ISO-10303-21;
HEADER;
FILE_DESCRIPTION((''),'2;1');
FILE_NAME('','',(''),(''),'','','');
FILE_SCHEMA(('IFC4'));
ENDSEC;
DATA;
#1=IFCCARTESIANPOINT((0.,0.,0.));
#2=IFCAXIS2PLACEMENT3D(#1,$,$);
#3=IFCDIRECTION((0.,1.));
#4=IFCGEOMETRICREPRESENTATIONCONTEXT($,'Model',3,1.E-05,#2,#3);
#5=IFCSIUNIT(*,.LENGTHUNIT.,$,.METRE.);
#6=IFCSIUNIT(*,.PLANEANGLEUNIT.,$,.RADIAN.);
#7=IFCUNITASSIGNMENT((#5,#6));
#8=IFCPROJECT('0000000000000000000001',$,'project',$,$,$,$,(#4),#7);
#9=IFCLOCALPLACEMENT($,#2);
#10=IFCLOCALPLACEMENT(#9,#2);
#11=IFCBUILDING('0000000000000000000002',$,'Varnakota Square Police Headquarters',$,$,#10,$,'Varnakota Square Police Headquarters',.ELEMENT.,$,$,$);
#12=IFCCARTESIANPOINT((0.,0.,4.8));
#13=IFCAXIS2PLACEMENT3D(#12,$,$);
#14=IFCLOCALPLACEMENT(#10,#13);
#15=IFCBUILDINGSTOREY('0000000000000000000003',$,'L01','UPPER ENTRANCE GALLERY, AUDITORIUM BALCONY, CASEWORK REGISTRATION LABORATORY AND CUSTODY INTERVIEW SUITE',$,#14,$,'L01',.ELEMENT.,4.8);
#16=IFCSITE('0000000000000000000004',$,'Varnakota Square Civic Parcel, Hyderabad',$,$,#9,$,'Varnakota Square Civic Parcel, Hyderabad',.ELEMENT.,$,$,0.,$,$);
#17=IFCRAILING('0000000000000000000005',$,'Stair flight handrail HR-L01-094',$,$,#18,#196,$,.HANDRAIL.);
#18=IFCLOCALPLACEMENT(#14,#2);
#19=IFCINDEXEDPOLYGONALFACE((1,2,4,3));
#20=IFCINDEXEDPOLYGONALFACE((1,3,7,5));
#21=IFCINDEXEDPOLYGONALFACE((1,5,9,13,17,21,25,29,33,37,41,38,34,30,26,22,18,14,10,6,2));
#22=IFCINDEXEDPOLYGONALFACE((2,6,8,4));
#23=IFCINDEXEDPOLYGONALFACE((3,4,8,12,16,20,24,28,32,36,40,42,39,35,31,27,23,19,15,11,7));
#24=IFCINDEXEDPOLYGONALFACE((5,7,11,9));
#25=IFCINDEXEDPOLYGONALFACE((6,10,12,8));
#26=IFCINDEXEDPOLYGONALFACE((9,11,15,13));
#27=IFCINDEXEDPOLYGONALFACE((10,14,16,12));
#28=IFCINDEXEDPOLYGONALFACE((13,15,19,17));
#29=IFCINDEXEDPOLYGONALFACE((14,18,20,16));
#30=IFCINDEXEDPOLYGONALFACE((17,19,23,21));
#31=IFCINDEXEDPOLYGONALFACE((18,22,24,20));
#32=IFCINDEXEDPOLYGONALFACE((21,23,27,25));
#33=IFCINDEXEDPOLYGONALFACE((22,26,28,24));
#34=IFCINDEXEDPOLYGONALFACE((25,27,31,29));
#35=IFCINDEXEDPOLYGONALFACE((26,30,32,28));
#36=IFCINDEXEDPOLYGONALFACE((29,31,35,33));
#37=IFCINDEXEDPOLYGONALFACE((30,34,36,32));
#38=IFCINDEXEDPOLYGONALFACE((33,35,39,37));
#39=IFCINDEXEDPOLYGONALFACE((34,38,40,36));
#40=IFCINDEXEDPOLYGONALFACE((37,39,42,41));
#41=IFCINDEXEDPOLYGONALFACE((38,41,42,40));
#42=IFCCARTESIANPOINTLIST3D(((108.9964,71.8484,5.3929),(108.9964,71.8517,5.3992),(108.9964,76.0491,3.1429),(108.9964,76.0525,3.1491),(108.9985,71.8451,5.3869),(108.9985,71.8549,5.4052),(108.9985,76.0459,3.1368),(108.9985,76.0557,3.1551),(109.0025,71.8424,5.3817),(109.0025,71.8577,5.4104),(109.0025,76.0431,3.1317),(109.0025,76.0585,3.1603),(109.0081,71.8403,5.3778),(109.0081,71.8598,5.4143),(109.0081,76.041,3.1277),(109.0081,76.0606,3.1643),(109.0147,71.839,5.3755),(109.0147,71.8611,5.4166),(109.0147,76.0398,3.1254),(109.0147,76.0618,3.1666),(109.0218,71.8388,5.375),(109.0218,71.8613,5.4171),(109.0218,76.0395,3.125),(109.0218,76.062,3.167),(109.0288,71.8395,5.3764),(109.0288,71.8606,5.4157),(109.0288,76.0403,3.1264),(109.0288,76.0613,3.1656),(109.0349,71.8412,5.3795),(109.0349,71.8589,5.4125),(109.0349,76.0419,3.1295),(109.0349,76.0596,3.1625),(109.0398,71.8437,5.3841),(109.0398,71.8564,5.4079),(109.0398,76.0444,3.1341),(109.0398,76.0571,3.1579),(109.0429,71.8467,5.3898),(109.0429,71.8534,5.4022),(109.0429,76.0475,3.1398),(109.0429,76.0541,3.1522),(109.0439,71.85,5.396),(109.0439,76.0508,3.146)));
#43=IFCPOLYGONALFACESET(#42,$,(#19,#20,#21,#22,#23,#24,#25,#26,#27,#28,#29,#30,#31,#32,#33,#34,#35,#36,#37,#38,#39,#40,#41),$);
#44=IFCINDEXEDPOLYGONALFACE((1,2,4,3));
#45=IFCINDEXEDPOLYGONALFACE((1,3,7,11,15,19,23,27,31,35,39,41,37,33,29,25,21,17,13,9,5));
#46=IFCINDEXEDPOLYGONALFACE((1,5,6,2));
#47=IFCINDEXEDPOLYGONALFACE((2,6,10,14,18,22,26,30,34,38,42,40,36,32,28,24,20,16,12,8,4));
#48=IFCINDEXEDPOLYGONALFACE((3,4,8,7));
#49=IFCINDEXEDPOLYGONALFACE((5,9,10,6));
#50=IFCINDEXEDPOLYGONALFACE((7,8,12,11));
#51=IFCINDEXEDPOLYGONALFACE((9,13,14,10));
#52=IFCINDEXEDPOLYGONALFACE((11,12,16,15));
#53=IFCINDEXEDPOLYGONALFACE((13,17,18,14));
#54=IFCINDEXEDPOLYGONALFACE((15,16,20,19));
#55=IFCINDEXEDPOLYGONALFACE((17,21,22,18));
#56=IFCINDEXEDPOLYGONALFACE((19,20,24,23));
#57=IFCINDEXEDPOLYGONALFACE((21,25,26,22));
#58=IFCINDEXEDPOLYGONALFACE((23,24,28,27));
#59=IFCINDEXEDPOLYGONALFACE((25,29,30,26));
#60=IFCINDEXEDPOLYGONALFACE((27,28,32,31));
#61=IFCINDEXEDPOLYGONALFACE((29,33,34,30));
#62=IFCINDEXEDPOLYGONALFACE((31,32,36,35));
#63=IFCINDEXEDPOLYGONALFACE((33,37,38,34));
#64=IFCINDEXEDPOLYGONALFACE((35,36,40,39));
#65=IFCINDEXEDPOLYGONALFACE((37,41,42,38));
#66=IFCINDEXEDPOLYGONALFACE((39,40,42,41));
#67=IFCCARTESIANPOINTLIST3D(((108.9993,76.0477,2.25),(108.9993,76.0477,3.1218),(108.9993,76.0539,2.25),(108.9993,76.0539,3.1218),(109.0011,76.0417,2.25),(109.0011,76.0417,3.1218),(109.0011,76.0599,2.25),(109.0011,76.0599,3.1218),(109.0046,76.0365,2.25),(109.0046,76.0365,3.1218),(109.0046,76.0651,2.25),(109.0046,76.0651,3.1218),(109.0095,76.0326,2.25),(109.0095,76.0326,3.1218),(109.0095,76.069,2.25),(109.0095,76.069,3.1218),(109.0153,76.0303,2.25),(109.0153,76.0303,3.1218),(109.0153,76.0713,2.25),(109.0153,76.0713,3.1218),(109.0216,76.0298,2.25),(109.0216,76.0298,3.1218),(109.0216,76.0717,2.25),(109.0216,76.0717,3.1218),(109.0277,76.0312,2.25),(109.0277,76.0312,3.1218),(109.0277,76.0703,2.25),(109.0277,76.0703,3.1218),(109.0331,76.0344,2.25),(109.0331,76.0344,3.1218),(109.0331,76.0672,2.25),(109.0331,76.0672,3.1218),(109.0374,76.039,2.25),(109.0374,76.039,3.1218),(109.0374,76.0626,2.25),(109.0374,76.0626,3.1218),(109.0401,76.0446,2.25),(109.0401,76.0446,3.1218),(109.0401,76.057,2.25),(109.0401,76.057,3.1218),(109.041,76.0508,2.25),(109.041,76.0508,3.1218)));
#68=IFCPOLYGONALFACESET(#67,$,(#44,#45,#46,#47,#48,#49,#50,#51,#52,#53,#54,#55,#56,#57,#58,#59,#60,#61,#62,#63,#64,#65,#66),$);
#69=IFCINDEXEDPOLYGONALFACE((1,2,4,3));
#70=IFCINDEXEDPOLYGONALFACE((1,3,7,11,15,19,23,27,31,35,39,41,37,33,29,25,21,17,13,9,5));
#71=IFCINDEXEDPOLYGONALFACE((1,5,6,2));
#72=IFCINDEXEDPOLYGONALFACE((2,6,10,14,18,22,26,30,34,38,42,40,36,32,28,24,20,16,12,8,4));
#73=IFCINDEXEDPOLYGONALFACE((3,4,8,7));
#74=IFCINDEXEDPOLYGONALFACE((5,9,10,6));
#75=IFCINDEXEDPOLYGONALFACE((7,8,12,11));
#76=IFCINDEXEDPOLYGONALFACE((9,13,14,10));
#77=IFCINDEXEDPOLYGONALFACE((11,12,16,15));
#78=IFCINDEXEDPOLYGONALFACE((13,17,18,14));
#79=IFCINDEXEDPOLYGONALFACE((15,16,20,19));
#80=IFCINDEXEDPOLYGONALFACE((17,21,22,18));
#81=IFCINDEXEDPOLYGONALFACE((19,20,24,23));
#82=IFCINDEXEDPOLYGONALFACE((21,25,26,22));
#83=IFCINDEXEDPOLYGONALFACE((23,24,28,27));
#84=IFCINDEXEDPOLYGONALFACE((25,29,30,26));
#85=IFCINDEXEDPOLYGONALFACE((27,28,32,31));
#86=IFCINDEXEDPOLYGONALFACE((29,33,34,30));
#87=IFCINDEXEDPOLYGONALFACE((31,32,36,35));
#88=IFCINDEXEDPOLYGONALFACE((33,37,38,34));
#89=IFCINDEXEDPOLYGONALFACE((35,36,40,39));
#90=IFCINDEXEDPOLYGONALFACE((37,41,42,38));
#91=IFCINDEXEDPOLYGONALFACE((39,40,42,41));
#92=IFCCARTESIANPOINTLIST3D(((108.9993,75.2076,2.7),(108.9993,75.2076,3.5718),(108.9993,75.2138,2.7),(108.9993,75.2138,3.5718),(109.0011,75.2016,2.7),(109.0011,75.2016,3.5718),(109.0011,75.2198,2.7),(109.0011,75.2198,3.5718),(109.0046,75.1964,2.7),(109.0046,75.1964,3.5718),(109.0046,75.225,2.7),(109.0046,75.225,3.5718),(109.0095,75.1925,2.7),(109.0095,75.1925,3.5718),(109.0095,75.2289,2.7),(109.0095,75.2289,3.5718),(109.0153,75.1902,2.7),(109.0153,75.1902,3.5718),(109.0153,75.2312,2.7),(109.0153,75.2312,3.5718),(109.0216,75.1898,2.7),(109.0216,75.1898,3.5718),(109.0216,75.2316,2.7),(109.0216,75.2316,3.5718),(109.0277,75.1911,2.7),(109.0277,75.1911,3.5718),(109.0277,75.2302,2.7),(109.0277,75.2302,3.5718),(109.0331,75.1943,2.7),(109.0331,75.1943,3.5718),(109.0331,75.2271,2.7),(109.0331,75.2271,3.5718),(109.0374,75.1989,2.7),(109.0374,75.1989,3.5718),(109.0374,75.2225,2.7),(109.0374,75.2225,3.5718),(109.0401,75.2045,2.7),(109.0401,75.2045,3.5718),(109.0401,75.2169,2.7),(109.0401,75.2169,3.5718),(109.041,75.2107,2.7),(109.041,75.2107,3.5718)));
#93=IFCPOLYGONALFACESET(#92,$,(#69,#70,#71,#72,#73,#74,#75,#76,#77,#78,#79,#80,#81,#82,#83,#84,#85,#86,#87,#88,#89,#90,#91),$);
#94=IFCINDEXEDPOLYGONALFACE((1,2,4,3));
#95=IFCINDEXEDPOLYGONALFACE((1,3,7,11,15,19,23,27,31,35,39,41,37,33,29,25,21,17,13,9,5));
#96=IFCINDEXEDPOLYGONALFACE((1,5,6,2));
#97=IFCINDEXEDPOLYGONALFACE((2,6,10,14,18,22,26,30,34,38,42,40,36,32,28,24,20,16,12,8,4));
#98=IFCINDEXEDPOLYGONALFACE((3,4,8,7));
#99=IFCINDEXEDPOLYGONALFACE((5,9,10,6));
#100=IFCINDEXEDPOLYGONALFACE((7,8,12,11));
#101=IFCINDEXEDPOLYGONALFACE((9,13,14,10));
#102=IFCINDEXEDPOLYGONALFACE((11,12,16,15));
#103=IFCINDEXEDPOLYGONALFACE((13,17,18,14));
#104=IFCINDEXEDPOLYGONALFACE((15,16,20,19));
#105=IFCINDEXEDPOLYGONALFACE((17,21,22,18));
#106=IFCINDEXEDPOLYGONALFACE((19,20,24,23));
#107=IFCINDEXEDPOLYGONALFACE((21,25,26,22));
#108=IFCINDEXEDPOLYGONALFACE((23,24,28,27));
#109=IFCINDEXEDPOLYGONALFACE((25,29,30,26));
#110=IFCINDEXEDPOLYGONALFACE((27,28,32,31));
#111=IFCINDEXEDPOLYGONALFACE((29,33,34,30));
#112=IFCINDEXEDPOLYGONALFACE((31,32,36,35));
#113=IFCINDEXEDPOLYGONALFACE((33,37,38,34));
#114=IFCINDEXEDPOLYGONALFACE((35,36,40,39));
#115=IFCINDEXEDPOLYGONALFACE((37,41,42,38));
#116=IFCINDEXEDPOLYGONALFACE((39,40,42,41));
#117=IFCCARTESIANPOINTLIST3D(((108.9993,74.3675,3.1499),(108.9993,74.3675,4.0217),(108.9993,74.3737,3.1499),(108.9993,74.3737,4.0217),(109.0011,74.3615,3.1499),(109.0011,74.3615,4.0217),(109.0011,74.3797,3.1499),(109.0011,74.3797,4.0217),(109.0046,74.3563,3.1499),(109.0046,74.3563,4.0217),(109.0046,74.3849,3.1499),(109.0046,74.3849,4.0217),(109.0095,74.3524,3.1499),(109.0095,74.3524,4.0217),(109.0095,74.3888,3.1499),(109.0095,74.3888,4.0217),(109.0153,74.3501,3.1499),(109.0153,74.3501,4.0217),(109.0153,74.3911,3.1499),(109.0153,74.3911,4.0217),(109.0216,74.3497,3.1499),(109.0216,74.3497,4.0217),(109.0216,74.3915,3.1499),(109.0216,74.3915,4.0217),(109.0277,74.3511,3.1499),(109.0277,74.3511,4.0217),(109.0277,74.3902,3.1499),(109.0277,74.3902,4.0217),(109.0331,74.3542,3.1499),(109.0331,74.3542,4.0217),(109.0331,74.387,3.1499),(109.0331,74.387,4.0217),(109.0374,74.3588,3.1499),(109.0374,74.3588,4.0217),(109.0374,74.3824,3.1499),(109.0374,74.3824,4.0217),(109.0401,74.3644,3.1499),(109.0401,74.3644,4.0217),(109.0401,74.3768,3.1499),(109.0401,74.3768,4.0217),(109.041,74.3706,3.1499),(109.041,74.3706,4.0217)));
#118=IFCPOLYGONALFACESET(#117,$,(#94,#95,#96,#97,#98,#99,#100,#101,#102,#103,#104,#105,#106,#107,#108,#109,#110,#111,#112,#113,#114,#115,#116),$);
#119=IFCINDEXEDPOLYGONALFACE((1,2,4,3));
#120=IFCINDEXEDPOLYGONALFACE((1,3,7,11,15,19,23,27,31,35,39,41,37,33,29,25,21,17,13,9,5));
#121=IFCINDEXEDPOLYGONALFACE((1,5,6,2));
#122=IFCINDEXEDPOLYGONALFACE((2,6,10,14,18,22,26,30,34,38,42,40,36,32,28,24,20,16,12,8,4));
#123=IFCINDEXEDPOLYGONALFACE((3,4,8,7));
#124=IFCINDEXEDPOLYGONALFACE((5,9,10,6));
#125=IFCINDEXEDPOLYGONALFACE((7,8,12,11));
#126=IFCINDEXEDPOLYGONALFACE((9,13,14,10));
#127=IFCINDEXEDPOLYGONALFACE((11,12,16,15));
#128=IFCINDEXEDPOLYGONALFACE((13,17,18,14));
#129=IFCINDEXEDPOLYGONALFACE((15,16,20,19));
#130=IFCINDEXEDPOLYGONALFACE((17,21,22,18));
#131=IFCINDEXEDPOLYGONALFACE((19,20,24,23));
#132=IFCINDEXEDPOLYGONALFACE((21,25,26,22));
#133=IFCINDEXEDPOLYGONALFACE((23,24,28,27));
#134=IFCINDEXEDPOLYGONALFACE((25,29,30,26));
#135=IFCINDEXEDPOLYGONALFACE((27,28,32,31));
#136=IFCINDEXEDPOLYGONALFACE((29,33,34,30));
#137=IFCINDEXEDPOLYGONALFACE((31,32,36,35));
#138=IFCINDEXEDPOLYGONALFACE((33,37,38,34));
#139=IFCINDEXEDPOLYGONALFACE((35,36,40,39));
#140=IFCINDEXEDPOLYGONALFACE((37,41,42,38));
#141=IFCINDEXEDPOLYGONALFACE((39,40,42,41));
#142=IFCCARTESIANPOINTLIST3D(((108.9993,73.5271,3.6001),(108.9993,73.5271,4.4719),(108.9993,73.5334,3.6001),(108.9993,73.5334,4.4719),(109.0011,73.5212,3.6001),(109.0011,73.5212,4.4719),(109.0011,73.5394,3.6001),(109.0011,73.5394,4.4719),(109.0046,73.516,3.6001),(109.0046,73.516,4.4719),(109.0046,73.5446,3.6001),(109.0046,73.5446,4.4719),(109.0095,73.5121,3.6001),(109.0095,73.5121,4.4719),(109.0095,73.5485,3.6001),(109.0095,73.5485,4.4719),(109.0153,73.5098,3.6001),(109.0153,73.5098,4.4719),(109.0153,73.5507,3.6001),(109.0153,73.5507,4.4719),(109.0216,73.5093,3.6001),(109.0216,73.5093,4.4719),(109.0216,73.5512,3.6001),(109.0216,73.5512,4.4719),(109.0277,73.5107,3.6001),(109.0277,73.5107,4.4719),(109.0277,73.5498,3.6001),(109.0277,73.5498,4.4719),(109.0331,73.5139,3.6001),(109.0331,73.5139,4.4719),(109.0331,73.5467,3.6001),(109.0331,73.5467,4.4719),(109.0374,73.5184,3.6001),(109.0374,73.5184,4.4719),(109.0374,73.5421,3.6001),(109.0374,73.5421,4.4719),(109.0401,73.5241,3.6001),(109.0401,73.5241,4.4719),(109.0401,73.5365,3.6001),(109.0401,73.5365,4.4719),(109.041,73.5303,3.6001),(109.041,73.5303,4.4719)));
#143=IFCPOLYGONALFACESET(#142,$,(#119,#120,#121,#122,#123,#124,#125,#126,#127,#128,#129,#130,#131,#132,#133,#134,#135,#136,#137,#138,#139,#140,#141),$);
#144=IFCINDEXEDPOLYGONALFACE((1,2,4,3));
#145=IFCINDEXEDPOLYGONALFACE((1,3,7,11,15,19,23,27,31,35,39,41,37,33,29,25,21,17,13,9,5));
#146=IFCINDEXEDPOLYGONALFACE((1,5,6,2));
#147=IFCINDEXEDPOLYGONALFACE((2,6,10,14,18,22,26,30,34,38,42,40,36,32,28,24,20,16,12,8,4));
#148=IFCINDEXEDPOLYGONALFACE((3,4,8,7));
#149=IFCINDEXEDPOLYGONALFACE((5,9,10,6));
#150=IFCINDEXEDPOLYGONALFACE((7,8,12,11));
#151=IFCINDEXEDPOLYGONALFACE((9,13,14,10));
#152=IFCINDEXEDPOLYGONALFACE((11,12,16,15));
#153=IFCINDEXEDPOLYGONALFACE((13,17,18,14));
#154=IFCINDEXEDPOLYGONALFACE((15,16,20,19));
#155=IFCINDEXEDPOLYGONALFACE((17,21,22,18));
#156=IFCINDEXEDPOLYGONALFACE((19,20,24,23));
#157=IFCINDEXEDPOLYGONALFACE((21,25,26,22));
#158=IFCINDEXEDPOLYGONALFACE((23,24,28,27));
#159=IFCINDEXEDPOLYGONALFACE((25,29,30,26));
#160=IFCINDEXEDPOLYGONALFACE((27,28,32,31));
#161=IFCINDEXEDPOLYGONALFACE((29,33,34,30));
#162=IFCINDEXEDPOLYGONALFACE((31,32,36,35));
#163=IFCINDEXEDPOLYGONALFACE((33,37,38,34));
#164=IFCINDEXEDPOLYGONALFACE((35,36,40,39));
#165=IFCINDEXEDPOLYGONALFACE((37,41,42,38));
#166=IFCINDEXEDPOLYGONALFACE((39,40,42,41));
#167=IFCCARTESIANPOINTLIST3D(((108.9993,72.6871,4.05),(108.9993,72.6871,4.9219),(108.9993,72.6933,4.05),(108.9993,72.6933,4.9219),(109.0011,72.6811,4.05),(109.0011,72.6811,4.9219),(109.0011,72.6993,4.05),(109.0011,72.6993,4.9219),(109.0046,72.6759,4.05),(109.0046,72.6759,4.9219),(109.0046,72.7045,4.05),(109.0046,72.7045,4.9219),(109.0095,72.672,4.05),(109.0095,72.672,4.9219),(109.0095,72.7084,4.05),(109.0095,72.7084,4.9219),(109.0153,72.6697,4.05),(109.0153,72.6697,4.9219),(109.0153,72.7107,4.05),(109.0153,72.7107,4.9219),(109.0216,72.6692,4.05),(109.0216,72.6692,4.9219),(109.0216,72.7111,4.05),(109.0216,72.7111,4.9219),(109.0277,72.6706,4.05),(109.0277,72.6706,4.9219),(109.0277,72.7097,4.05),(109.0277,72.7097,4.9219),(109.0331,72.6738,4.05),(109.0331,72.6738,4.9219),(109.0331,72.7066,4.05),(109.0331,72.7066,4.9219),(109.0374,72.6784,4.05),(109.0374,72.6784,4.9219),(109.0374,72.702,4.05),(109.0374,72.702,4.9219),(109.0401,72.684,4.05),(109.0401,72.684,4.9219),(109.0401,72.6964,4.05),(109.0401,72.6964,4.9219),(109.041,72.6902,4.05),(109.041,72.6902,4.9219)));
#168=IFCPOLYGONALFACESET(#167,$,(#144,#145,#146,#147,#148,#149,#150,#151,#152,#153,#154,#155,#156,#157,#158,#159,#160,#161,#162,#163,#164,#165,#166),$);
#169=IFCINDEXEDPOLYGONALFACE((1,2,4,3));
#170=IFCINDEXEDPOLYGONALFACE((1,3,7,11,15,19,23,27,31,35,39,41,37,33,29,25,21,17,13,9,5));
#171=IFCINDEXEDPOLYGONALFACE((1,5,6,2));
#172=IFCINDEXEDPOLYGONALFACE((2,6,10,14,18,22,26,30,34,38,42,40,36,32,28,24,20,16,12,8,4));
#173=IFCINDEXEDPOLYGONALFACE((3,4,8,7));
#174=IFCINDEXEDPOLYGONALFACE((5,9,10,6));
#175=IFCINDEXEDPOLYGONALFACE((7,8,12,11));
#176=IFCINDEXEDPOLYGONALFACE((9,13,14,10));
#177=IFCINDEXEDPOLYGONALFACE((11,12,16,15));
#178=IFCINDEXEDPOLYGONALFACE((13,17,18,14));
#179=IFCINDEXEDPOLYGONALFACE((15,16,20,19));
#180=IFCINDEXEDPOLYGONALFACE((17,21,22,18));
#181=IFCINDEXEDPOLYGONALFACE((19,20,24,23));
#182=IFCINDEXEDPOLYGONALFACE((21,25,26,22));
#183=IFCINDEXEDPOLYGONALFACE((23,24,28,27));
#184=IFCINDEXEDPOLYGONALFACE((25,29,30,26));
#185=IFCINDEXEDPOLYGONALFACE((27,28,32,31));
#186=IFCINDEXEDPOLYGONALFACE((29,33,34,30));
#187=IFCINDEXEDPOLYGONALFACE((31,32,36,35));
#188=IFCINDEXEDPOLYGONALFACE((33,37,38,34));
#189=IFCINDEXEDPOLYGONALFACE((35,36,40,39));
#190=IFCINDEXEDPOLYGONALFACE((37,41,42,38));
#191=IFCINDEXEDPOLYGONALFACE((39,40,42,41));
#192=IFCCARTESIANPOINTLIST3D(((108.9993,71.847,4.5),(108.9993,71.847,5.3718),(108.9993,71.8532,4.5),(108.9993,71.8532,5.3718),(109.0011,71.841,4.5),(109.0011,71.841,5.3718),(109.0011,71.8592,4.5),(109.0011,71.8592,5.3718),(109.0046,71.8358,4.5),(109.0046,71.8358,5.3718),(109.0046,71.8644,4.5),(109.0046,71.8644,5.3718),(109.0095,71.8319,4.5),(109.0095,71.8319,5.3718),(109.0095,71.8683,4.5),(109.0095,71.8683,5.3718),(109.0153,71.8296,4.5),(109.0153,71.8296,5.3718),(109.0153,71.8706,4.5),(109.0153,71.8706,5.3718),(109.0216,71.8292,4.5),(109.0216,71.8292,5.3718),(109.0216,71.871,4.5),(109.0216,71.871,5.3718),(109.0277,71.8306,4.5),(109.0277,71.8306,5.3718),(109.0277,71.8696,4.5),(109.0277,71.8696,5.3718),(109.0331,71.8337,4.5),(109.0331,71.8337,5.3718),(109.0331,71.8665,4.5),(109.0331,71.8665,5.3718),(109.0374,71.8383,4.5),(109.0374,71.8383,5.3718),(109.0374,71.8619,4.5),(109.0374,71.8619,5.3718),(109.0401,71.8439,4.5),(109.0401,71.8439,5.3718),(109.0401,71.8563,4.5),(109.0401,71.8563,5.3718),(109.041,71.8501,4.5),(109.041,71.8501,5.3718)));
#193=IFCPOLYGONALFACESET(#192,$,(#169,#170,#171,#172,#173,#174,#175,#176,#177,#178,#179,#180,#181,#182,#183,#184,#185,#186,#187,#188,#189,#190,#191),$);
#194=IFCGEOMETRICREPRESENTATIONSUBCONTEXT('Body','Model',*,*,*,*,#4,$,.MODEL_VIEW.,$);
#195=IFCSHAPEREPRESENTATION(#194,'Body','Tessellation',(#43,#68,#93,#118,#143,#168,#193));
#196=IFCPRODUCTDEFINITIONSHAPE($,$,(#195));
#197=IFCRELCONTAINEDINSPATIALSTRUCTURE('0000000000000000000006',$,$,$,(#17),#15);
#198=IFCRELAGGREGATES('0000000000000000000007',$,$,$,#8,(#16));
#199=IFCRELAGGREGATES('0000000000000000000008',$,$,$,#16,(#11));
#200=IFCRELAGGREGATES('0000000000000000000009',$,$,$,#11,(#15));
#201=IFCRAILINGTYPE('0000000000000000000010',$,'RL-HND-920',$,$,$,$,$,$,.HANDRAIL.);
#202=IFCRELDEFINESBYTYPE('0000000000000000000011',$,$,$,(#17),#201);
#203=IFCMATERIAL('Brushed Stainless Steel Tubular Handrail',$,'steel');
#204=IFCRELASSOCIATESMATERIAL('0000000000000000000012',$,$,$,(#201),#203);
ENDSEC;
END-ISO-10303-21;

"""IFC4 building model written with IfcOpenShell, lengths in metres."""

from ifc_helpers import new_model, si_unit, direction, frame, origin, origin_2d, place, context, subcontext, project, spatial, circle, extrude, material, type_object, element, save


model = new_model("IFC4")

# Units and contexts
model_context = context("Model", 3, precision=1e-05, world=origin(), true_north=direction((0.0, 1.0)))
body_context = subcontext(model_context, "Body", "Model", "MODEL_VIEW")
ifc_project = project(units=[si_unit("LENGTHUNIT", "METRE"), si_unit("PLANEANGLEUNIT", "RADIAN")], contexts=[model_context])

# Site, building, storey
site_placement = place(None, origin())
site = spatial("IfcSite", under=ifc_project, at=site_placement, Name="Varnakota Square Civic Parcel, Hyderabad", LongName="Varnakota Square Civic Parcel, Hyderabad", CompositionType="ELEMENT", RefElevation=0.0)
building_placement = place(site_placement, origin())
building = spatial("IfcBuilding", under=site, at=building_placement, Name="Varnakota Square Police Headquarters", LongName="Varnakota Square Police Headquarters", CompositionType="ELEMENT")
storey_placement = place(building_placement, frame((0.0, 0.0, 4.8)))
storey = spatial("IfcBuildingStorey", under=building, at=storey_placement, Name="L01", Description="UPPER ENTRANCE GALLERY, AUDITORIUM BALCONY, CASEWORK REGISTRATION LABORATORY AND CUSTODY INTERVIEW SUITE", LongName="L01", CompositionType="ELEMENT", Elevation=4.8)

# Railing
ifc_material_1 = material(Name="Brushed Stainless Steel Tubular Handrail", Category="steel")
railing_type_1 = type_object("IfcRailingType", Name="RL-HND-920", PredefinedType="HANDRAIL", material=ifc_material_1)
railing_1_placement = place(storey_placement, frame((109.02, 76.0508, 2.25)))
element("IfcRailing", 1, at=railing_1_placement, inside=storey, type_object=railing_type_1, Name="Stair flight handrail HR-L01-094", PredefinedType="HANDRAIL", context=body_context, shape_type="SweptSolid", body=[
    extrude(circle(Radius=0.0239, at=origin_2d()), frame((0.0, 0.0, 0.896), z_axis=(0.0, -0.881512, 0.472162), x_axis=(1.0, 0.0, 0.0)), (0.0, 0.0, 1.0), 4.7654),
    extrude(circle(Radius=0.021, at=origin_2d()), origin(), (0.0, 0.0, 1.0), 0.8718),
    extrude(circle(Radius=0.021, at=origin_2d()), frame((0.0, -0.8401, 0.45)), (0.0, 0.0, 1.0), 0.8718),
    extrude(circle(Radius=0.021, at=origin_2d()), frame((0.0, -1.6802, 0.8999)), (0.0, 0.0, 1.0), 0.8718),
    extrude(circle(Radius=0.021, at=origin_2d()), frame((0.0, -2.5205, 1.3501)), (0.0, 0.0, 1.0), 0.8718),
    extrude(circle(Radius=0.021, at=origin_2d()), frame((0.0, -3.3606, 1.8)), (0.0, 0.0, 1.0), 0.8718),
    extrude(circle(Radius=0.021, at=origin_2d()), frame((0.0, -4.2007, 2.25)), (0.0, 0.0, 1.0), 0.8718),
])

save(model, "model.ifc")
